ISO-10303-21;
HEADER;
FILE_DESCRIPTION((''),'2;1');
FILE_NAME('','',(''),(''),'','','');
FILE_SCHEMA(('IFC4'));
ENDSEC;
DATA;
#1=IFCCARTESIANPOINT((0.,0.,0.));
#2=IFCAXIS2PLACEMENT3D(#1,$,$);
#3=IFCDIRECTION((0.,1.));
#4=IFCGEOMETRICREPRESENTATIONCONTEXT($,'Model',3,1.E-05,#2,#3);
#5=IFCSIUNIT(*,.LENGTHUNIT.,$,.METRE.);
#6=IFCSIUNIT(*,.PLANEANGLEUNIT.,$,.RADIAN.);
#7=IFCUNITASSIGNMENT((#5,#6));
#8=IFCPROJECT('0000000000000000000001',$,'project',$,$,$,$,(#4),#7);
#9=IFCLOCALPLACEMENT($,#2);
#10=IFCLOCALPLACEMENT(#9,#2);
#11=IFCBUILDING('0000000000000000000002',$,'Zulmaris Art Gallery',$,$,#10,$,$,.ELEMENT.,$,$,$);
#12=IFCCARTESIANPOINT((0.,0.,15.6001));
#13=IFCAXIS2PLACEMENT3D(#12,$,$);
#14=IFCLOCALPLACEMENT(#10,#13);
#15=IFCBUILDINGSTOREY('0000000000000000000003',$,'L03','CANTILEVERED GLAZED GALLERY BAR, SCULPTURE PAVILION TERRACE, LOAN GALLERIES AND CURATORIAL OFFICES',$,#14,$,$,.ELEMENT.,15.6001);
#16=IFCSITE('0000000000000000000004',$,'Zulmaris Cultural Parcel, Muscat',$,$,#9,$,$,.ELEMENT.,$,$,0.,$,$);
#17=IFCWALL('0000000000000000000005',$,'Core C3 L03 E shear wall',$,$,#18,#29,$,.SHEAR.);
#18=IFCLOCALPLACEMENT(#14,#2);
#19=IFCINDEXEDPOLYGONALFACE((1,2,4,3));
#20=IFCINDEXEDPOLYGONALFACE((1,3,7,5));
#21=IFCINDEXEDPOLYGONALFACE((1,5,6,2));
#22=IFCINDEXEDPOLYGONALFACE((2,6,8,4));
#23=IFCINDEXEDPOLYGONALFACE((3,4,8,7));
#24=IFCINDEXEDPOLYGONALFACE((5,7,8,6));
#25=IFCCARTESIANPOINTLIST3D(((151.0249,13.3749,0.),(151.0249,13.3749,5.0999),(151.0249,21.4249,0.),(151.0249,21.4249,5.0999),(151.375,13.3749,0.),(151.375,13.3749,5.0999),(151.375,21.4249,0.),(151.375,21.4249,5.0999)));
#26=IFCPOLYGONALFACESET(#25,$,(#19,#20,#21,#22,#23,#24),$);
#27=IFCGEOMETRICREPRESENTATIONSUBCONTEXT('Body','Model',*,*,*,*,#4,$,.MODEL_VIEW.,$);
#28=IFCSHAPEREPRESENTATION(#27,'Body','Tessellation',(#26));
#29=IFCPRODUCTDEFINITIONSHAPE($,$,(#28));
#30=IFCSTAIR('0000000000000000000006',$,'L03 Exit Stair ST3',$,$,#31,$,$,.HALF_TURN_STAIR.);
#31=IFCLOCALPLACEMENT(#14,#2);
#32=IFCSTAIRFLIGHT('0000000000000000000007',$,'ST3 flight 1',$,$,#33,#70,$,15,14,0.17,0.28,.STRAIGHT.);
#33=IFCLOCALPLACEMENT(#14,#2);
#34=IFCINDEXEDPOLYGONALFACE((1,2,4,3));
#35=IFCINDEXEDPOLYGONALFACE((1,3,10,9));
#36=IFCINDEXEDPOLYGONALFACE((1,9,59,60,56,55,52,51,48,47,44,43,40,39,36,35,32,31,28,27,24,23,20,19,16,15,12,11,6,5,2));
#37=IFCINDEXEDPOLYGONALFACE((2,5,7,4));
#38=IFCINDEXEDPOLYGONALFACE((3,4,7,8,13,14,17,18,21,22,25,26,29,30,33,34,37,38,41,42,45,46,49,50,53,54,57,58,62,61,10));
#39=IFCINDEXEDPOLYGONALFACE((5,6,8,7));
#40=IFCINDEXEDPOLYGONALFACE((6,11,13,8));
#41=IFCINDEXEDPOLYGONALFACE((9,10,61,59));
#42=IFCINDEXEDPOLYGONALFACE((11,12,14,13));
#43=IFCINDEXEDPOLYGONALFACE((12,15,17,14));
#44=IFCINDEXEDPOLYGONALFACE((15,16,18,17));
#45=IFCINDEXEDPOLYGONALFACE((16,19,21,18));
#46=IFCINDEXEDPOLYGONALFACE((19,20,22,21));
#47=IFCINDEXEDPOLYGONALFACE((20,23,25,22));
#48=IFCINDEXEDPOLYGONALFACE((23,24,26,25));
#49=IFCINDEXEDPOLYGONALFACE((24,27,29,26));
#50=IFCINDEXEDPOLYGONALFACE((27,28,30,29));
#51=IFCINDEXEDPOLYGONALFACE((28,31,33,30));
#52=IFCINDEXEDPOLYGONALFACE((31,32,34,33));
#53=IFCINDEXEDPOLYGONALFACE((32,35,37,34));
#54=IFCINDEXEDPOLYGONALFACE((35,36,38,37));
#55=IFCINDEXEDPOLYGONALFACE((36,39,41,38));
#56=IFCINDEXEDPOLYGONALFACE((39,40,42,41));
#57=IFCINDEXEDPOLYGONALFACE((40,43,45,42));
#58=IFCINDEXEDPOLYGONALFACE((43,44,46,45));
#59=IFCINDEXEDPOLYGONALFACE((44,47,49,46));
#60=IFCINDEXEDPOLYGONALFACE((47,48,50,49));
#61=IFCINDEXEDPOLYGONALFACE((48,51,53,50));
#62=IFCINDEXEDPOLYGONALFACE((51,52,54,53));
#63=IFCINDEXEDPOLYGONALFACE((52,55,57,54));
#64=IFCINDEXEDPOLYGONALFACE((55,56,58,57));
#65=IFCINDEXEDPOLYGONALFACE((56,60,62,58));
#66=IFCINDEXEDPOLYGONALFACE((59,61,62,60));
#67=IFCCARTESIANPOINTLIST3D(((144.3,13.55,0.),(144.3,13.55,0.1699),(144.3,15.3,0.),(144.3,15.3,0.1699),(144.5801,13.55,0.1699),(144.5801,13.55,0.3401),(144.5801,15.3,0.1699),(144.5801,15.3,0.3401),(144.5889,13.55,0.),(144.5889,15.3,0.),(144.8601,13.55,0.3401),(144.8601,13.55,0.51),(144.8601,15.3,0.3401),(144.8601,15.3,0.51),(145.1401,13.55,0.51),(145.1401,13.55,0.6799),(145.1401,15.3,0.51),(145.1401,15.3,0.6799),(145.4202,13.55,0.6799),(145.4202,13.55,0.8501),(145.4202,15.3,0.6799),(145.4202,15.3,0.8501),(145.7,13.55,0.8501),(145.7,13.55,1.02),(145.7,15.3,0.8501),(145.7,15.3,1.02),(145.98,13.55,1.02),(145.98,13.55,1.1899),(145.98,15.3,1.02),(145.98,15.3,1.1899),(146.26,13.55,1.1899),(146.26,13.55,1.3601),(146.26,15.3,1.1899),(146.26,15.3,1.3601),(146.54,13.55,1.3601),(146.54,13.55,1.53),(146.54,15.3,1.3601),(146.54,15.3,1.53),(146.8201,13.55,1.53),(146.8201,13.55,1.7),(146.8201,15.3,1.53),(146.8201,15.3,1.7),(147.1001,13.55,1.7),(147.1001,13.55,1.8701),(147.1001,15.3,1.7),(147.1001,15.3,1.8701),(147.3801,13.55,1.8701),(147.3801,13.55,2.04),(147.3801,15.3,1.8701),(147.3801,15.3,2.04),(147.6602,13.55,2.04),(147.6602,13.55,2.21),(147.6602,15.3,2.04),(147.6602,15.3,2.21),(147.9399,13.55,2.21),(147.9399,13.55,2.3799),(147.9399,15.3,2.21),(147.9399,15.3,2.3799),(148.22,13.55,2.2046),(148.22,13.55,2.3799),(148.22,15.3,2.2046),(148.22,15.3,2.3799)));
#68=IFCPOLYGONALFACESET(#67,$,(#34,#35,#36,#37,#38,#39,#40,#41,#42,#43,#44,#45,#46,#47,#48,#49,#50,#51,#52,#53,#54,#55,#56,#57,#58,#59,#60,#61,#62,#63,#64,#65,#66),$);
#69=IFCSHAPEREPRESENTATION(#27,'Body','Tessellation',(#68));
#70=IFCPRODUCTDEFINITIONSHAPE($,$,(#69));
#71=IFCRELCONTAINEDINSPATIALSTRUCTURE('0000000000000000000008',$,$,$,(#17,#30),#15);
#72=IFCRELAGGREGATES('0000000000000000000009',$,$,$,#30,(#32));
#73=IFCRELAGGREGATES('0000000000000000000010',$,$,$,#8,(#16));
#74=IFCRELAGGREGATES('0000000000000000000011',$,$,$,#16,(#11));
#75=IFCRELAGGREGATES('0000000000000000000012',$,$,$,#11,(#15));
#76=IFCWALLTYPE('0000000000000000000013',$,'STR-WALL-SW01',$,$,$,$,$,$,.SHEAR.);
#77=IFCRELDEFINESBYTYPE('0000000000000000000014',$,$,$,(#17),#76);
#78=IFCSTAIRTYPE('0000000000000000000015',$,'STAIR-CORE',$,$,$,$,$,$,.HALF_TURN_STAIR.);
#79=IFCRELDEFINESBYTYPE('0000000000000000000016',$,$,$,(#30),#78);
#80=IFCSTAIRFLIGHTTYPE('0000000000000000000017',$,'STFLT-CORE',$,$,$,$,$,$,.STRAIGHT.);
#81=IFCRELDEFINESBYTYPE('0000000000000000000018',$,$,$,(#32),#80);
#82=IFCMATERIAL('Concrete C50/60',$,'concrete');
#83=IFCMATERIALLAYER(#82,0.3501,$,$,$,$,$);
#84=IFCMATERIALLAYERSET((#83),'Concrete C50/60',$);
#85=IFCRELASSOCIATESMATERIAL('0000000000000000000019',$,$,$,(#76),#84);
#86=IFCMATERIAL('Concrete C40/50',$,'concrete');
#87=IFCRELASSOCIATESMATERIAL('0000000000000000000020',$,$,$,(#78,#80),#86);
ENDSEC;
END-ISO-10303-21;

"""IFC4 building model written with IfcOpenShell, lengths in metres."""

from ifc_helpers import new_model, si_unit, direction, frame, frame_2d, origin, place, context, subcontext, project, spatial, polyline, rectangle, outline, extrude, material, layer, layer_set, type_object, element, aggregate, save


model = new_model("IFC4")

# Units and contexts
model_context = context("Model", 3, precision=1e-05, world=origin(), true_north=direction((0.0, 1.0)))
body_context = subcontext(model_context, "Body", "Model", "MODEL_VIEW")
ifc_project = project(units=[si_unit("LENGTHUNIT", "METRE"), si_unit("PLANEANGLEUNIT", "RADIAN")], contexts=[model_context])

# Site, building, storey
site_placement = place(None, origin())
site = spatial("IfcSite", under=ifc_project, at=site_placement, Name="Zulmaris Cultural Parcel, Muscat", CompositionType="ELEMENT", RefElevation=0.0)
building_placement = place(site_placement, origin())
building = spatial("IfcBuilding", under=site, at=building_placement, Name="Zulmaris Art Gallery", CompositionType="ELEMENT")
storey_placement = place(building_placement, frame((0.0, 0.0, 15.6001)))
storey = spatial("IfcBuildingStorey", under=building, at=storey_placement, Name="L03", Description="CANTILEVERED GLAZED GALLERY BAR, SCULPTURE PAVILION TERRACE, LOAN GALLERIES AND CURATORIAL OFFICES", CompositionType="ELEMENT", Elevation=15.6001)

# Shared definitions
ifc_material_1 = material(Name="Concrete C40/50", Category="concrete")

# Wall
ifc_material_2 = material(Name="Concrete C50/60", Category="concrete")
ifc_layer_1 = layer(ifc_material_2, 0.3501)
ifc_layer_set_1 = layer_set([ifc_layer_1], Name="Concrete C50/60")
wall_type_1 = type_object("IfcWallType", Name="STR-WALL-SW01", PredefinedType="SHEAR", material=ifc_layer_set_1)
wall_1_placement = place(storey_placement, frame((151.2, 13.375, 0.0), z_axis=(0.0, 0.0, 1.0), x_axis=(0.0, 1.0, 0.0)))
element("IfcWall", 1, at=wall_1_placement, inside=storey, type_object=wall_type_1, Name="Core C3 L03 E shear wall", PredefinedType="SHEAR", context=body_context, shape_type="SweptSolid", body=[
    extrude(rectangle(XDim=8.05, YDim=0.3501, at=frame_2d((4.0249, 0.0))), origin(), (0.0, 0.0, 1.0), 5.0999),
])

# Stair, stair flight
stair_type = type_object("IfcStairType", Name="STAIR-CORE", PredefinedType="HALF_TURN_STAIR", material=ifc_material_1)
stair_placement = place(storey_placement, origin())
stair = element("IfcStair", 2, at=stair_placement, inside=storey, type_object=stair_type, Name="L03 Exit Stair ST3", PredefinedType="HALF_TURN_STAIR")
stair_flight_type = type_object("IfcStairFlightType", Name="STFLT-CORE", PredefinedType="STRAIGHT", material=ifc_material_1)
stair_flight_placement = place(storey_placement, frame((144.3, 14.425, 0.0), z_axis=(0.0, 0.0, 1.0), x_axis=(1.0, 0.0, 0.0)))
stair_flight = element("IfcStairFlight", 3, at=stair_flight_placement, type_object=stair_flight_type, Name="ST3 flight 1", NumberOfRisers=15, NumberOfTreads=14, PredefinedType="STRAIGHT", RiserHeight=0.17, TreadLength=0.28, context=body_context, shape_type="SweptSolid", body=[
    extrude(outline(polyline([(0.0, 0.0), (0.0, 0.1699), (0.28, 0.1699), (0.28, 0.3401), (0.5601, 0.3401), (0.5601, 0.51), (0.8401, 0.51), (0.8401, 0.6799), (1.1201, 0.6799), (1.1201, 0.8501), (1.3999, 0.8501), (1.3999, 1.02), (1.6799, 1.02), (1.6799, 1.1899), (1.96, 1.1899), (1.96, 1.3601), (2.24, 1.3601), (2.24, 1.53), (2.52, 1.53), (2.52, 1.7), (2.8, 1.7), (2.8, 1.8701), (3.0801, 1.8701), (3.0801, 2.04), (3.3601, 2.04), (3.3601, 2.21), (3.6399, 2.21), (3.6399, 2.3799), (3.9199, 2.3799), (3.9199, 2.55), (3.9199, 2.2046), (0.2888, 0.0), (0.0, 0.0)])), frame((0.0, 0.875, 0.0), z_axis=(0.0, -1.0, 0.0), x_axis=(1.0, 0.0, 0.0)), (0.0, 0.0, 1.0), 1.75),
])
aggregate(stair, [stair_flight])

save(model, "model.ifc")
